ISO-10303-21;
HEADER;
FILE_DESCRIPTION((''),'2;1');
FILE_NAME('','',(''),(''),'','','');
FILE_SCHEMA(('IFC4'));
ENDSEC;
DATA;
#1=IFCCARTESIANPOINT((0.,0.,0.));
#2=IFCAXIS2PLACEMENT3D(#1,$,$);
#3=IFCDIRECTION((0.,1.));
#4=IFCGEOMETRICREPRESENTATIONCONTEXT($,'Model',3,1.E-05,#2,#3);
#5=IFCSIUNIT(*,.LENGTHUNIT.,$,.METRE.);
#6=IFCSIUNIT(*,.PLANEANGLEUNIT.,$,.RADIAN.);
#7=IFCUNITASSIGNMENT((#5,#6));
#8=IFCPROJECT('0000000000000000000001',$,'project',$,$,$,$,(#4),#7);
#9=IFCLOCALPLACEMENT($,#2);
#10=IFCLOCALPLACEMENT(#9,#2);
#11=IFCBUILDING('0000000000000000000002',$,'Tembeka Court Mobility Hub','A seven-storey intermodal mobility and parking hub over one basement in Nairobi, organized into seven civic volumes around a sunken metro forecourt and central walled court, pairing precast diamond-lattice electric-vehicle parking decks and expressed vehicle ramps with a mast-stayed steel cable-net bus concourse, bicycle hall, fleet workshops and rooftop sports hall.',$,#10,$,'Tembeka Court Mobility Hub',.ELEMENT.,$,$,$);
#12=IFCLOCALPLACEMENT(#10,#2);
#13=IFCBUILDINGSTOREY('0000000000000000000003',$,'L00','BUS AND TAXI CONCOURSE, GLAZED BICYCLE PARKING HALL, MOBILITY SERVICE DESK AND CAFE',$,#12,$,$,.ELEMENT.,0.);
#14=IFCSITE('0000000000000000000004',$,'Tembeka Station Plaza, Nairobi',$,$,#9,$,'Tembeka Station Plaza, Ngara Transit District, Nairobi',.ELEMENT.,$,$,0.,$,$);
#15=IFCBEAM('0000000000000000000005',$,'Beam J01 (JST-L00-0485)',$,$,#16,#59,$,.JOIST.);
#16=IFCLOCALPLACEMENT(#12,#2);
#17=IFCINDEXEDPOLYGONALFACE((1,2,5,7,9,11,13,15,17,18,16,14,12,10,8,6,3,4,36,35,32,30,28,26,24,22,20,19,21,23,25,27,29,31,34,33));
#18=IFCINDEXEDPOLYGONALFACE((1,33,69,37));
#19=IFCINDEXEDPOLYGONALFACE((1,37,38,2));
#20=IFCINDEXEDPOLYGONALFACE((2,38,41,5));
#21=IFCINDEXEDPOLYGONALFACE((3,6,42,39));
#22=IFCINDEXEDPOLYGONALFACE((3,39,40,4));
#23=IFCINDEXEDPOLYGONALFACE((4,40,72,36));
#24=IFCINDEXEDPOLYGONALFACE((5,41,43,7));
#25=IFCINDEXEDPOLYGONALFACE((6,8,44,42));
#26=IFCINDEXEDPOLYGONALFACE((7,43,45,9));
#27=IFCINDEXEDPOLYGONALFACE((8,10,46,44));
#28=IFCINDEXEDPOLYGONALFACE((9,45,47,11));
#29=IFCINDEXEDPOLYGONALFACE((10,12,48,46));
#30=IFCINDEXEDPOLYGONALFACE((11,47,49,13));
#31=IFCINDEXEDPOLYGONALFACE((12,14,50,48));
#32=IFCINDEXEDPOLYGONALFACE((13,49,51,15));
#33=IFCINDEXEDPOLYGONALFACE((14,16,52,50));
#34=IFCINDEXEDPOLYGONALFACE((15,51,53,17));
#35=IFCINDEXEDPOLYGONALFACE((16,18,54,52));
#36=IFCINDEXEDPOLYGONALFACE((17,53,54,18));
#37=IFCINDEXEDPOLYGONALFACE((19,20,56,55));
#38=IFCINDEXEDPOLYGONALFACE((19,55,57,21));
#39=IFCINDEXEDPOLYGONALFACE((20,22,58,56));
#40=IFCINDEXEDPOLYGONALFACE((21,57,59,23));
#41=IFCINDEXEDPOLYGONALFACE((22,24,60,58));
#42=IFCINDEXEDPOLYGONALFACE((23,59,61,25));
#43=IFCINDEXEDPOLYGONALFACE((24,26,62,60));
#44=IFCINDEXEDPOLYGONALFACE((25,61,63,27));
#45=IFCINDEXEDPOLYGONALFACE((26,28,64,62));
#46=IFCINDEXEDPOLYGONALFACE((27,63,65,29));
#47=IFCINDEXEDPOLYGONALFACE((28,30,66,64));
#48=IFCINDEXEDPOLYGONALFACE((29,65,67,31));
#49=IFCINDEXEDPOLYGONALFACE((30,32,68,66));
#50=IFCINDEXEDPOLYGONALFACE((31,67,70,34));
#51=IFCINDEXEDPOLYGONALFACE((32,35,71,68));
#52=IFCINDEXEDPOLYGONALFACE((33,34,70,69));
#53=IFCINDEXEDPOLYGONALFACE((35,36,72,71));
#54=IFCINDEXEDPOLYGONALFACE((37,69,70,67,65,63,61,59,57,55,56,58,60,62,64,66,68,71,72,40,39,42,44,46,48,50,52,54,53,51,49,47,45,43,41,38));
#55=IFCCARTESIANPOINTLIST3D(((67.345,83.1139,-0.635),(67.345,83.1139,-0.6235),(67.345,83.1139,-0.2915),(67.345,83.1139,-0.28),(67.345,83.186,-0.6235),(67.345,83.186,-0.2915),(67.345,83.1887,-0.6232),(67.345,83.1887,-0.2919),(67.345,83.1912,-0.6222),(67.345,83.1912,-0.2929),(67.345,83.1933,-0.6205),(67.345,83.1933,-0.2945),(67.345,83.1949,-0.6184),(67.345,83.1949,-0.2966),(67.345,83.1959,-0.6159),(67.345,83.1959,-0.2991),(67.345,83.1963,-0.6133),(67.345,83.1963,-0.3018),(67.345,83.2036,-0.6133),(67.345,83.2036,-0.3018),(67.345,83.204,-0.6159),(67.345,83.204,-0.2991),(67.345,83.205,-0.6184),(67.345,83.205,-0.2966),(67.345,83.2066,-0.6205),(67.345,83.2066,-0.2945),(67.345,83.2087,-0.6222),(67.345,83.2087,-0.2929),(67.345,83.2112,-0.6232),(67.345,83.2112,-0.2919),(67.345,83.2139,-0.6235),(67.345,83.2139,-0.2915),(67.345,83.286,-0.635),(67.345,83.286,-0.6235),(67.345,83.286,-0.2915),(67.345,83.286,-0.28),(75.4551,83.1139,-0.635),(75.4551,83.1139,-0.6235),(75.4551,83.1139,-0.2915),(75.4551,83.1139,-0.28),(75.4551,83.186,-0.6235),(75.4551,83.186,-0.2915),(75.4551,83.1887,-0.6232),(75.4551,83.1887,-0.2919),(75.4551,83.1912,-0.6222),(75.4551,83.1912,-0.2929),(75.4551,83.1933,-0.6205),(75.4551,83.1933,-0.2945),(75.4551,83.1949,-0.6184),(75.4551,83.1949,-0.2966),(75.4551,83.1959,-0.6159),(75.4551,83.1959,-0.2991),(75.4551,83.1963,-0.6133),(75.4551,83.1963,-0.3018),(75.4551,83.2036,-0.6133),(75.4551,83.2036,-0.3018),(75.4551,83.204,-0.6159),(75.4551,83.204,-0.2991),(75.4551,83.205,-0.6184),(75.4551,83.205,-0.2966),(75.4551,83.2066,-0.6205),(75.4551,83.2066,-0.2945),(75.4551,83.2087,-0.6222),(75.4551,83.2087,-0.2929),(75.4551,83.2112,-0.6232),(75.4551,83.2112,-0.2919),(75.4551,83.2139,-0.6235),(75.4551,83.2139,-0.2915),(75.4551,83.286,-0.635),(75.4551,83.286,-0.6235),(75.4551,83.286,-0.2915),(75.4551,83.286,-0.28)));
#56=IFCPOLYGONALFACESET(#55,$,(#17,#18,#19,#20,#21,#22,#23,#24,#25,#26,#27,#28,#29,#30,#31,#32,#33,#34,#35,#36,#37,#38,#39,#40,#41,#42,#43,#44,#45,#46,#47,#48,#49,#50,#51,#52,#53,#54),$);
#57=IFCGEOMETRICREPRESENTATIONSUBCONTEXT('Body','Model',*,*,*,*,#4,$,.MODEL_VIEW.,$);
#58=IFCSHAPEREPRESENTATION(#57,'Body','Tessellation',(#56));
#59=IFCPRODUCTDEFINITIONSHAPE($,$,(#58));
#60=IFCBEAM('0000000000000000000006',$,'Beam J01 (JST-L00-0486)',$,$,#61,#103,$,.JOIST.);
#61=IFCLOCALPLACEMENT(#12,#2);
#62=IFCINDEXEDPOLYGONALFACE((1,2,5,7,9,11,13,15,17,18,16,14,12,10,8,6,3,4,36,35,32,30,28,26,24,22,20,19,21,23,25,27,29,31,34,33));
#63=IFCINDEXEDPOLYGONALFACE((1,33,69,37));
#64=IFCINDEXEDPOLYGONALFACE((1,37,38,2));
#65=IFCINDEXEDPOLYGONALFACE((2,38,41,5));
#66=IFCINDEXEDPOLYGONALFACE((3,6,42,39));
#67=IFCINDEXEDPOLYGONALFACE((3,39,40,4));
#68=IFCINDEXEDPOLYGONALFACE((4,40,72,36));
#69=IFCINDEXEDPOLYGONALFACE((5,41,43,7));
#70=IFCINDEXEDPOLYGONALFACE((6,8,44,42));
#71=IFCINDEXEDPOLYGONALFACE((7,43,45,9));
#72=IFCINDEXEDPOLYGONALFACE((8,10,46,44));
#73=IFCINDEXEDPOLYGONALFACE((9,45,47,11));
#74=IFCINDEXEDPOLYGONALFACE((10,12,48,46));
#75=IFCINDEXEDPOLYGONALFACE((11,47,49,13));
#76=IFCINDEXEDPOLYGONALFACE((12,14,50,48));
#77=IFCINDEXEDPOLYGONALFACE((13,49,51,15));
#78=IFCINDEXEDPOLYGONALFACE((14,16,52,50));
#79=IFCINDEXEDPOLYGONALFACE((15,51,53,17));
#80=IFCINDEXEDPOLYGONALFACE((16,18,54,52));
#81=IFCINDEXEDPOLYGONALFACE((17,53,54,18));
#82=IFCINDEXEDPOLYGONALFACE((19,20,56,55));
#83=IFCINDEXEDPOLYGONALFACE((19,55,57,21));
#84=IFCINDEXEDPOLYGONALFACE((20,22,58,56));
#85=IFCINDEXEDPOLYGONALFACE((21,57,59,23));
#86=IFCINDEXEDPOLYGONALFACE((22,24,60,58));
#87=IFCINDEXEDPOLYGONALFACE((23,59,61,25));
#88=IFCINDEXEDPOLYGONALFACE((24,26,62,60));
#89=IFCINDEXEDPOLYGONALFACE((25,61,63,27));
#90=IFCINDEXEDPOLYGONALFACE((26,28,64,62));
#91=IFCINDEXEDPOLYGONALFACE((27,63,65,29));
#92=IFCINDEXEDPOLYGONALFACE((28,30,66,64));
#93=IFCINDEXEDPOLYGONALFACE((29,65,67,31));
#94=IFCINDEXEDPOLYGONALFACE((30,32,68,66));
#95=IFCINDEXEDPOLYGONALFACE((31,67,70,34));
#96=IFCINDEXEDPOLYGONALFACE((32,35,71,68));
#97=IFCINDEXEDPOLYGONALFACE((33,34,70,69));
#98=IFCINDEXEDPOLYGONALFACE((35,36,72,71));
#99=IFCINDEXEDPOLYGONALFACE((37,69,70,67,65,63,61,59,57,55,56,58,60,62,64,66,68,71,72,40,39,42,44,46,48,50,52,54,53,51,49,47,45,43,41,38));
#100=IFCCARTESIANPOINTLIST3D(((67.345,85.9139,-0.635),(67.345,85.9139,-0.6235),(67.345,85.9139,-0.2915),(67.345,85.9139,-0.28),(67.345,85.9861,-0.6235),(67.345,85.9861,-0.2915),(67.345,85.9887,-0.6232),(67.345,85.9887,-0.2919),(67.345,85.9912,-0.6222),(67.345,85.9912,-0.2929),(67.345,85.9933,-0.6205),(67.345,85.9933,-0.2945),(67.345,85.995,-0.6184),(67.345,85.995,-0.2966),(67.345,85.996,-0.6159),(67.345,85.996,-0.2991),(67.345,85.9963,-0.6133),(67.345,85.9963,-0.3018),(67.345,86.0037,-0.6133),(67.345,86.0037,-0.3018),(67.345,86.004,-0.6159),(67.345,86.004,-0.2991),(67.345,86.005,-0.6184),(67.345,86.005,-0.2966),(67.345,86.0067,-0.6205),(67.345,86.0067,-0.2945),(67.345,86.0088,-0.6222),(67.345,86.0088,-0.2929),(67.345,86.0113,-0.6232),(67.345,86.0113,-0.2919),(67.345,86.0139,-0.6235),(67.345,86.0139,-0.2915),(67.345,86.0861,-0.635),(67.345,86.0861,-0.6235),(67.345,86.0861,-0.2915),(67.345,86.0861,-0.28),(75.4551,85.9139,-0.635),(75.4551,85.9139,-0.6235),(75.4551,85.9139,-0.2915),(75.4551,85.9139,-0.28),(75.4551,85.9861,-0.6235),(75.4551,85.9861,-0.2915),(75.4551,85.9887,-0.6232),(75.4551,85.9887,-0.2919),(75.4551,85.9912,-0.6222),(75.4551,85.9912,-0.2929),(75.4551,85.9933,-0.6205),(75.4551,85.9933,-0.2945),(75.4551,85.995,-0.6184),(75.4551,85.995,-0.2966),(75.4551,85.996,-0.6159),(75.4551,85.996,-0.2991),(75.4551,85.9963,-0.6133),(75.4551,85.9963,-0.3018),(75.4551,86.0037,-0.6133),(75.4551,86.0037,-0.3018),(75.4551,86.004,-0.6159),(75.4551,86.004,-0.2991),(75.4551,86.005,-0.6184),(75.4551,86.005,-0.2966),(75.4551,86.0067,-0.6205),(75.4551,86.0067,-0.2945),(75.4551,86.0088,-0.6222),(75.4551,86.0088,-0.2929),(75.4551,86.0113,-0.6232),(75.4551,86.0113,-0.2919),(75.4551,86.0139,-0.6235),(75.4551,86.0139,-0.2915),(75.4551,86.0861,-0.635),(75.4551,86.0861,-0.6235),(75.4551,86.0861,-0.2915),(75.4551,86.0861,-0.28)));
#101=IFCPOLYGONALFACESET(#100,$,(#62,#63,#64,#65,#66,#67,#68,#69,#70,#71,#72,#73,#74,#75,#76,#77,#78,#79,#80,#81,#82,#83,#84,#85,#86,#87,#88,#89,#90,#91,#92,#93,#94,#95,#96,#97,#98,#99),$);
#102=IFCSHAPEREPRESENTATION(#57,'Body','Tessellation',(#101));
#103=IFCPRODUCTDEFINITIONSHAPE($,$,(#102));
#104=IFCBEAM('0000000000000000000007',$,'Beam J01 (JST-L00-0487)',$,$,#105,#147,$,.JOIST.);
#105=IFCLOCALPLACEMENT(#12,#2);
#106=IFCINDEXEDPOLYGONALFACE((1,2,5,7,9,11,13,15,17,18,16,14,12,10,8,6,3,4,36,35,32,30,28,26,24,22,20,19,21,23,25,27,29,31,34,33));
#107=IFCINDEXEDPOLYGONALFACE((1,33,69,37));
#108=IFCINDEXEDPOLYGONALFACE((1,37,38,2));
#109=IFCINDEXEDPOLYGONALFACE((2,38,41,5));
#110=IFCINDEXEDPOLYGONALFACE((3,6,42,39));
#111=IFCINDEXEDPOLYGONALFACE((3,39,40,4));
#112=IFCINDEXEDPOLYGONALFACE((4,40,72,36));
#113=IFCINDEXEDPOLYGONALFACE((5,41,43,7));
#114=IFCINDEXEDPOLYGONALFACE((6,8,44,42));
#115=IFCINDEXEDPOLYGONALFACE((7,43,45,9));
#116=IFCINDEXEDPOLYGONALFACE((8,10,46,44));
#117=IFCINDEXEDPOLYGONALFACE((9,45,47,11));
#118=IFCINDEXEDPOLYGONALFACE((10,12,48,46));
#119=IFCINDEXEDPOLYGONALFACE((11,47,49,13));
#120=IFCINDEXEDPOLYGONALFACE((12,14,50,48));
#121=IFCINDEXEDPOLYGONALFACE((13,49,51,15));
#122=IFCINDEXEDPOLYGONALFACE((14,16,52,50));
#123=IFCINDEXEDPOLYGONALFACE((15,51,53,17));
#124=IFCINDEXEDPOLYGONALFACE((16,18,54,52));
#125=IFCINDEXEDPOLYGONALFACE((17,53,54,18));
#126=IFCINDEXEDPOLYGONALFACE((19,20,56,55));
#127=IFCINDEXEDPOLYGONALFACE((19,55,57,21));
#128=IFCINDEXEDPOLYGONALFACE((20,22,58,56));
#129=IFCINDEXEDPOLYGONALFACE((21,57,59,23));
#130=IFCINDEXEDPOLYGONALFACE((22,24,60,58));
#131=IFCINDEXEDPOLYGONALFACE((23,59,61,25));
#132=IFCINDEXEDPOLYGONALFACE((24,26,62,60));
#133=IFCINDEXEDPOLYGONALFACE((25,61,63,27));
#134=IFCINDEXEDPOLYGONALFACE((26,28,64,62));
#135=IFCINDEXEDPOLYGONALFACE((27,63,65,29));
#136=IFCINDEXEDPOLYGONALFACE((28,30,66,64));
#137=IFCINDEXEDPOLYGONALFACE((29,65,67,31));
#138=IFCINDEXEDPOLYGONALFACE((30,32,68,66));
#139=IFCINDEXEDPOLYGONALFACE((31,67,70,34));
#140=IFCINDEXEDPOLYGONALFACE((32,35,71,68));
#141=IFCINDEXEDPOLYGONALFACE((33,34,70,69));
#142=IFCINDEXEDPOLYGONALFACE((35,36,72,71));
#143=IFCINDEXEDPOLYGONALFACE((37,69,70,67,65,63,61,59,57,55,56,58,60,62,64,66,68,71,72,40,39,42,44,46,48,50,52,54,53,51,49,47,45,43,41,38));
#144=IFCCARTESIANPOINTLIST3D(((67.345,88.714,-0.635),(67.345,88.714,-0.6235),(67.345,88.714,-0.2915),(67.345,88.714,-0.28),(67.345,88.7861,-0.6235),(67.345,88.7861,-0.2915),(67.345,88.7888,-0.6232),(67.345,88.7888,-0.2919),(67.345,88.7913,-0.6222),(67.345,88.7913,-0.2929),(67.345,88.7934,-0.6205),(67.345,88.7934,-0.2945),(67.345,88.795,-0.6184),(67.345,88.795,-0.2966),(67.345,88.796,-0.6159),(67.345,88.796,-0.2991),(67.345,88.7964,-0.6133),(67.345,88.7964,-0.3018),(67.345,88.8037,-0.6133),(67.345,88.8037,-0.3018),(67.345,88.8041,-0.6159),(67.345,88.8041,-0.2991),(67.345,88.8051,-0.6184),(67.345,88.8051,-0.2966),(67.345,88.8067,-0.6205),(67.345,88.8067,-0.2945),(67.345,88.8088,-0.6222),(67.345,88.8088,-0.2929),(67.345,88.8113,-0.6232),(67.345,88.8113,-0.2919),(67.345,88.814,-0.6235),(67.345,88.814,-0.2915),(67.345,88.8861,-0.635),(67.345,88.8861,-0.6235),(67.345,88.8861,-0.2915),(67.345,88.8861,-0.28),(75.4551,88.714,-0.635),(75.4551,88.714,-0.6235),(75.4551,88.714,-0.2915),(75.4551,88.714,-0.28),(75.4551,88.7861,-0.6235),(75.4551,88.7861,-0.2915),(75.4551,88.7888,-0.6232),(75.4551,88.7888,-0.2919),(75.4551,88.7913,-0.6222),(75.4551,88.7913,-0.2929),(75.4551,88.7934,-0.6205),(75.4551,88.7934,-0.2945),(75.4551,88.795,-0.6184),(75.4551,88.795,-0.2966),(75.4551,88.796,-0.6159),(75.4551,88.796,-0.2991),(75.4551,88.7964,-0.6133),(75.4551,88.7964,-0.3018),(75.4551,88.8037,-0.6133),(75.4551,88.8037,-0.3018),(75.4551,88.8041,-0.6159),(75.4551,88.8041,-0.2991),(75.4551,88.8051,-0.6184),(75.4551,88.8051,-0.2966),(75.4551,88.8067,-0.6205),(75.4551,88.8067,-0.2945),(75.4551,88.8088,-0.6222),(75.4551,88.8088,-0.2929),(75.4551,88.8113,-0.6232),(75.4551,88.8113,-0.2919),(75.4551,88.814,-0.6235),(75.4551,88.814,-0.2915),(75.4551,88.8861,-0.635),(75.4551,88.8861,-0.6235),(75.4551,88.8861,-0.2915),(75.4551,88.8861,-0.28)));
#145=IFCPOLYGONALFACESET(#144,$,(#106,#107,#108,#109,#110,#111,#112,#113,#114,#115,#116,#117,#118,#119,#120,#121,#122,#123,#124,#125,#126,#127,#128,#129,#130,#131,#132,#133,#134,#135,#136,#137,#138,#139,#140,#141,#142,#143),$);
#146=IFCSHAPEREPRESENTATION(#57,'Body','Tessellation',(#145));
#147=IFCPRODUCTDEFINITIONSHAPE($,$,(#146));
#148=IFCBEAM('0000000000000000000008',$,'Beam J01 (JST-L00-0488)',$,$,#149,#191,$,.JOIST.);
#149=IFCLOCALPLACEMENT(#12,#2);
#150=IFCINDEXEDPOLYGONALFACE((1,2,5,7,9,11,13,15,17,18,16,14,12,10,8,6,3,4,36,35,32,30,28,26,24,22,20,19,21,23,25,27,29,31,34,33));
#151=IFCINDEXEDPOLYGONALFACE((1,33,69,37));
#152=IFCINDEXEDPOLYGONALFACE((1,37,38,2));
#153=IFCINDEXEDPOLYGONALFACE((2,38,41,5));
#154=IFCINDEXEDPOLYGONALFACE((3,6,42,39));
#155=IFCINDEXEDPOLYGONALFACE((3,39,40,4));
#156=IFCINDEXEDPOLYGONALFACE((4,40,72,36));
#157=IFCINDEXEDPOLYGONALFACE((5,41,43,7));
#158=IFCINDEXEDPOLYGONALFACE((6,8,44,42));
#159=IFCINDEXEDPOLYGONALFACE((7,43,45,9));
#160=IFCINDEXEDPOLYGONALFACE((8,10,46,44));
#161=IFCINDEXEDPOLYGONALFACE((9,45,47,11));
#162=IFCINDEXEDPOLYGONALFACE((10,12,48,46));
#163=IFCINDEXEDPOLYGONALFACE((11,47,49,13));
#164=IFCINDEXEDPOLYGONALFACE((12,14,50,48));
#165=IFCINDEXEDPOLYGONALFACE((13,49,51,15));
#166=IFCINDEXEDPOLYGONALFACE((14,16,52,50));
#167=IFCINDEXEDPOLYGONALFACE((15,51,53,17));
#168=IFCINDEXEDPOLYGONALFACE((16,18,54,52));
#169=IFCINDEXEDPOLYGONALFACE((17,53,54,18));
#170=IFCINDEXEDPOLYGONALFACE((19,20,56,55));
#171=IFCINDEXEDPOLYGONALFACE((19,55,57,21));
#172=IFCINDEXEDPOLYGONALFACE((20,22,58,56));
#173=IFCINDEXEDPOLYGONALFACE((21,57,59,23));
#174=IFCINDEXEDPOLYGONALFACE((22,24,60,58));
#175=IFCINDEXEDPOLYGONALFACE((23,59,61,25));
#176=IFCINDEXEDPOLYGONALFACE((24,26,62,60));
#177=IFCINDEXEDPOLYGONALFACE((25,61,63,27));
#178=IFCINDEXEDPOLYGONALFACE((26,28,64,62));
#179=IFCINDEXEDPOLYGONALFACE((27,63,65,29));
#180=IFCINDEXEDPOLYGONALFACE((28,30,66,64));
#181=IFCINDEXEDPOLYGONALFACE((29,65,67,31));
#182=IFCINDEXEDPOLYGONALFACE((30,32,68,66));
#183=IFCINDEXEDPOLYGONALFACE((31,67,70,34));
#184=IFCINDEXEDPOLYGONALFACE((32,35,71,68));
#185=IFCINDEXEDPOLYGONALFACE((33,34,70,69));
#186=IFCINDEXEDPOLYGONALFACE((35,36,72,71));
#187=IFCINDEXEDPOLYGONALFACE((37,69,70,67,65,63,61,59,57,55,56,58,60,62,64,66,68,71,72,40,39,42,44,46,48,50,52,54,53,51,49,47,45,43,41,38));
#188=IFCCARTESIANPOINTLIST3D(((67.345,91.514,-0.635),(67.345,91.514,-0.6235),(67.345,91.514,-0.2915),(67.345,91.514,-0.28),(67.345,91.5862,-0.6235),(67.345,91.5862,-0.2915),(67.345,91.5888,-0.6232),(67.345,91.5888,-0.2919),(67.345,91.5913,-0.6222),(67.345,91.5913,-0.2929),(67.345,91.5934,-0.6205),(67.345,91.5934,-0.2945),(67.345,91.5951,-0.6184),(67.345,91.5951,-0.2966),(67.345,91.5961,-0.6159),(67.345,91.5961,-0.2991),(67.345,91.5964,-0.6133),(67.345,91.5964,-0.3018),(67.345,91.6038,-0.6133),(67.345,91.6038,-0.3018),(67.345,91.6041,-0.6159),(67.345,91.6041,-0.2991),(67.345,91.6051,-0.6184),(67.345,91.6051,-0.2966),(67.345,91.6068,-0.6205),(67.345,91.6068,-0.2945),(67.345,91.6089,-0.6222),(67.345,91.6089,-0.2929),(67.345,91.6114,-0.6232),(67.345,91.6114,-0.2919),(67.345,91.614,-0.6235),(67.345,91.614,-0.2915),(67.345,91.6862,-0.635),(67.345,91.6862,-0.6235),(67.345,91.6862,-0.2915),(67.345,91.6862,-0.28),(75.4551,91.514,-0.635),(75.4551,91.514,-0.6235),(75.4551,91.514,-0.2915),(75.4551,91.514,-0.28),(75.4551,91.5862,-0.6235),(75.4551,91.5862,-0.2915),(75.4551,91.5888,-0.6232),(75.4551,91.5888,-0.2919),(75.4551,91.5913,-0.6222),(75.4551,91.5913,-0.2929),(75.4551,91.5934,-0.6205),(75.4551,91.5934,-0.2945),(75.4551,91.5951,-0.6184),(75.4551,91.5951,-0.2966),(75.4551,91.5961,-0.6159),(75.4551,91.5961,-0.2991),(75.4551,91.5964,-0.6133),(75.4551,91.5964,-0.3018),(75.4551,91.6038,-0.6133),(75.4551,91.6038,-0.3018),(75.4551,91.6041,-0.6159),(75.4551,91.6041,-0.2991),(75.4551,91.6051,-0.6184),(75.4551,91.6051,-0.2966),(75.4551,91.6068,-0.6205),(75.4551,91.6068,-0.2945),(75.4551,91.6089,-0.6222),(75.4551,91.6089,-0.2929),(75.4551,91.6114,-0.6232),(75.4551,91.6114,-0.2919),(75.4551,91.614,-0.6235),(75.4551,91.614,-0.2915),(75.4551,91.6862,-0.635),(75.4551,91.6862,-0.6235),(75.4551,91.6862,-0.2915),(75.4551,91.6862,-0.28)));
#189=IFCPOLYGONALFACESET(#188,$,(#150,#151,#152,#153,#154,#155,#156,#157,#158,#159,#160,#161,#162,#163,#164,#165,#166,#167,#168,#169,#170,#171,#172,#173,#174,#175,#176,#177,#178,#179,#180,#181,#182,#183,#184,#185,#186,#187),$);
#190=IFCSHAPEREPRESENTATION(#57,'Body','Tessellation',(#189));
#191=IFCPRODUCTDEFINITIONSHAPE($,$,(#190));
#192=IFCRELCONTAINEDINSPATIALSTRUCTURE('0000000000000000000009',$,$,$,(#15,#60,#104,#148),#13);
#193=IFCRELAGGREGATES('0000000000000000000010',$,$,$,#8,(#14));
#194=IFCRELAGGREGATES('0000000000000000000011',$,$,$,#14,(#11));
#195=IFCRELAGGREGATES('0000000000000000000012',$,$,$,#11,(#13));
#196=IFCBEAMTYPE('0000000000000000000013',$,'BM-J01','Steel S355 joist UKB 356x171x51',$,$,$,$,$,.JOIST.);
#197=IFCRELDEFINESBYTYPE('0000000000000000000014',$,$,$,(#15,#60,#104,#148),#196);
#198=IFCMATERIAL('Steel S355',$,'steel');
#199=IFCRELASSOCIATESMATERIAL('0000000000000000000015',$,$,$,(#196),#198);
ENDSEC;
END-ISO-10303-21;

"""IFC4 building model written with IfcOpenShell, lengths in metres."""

from ifc_helpers import new_model, si_unit, direction, frame, origin, origin_2d, place, context, subcontext, project, spatial, i_section, extrude, material, material_profile, profile_set, type_object, element, save


model = new_model("IFC4")

# Units and contexts
model_context = context("Model", 3, precision=1e-05, world=origin(), true_north=direction((0.0, 1.0)))
body_context = subcontext(model_context, "Body", "Model", "MODEL_VIEW")
ifc_project = project(units=[si_unit("LENGTHUNIT", "METRE"), si_unit("PLANEANGLEUNIT", "RADIAN")], contexts=[model_context])

# Site, building, storey
site_placement = place(None, origin())
site = spatial("IfcSite", under=ifc_project, at=site_placement, Name="Tembeka Station Plaza, Nairobi", LongName="Tembeka Station Plaza, Ngara Transit District, Nairobi", CompositionType="ELEMENT", RefElevation=0.0)
building_placement = place(site_placement, origin())
building = spatial("IfcBuilding", under=site, at=building_placement, Name="Tembeka Court Mobility Hub", Description="A seven-storey intermodal mobility and parking hub over one basement in Nairobi, organized into seven civic volumes around a sunken metro forecourt and central walled court, pairing precast diamond-lattice electric-vehicle parking decks and expressed vehicle ramps with a mast-stayed steel cable-net bus concourse, bicycle hall, fleet workshops and rooftop sports hall.", LongName="Tembeka Court Mobility Hub", CompositionType="ELEMENT")
storey_placement = place(building_placement, origin())
storey = spatial("IfcBuildingStorey", under=building, at=storey_placement, Name="L00", Description="BUS AND TAXI CONCOURSE, GLAZED BICYCLE PARKING HALL, MOBILITY SERVICE DESK AND CAFE", CompositionType="ELEMENT", Elevation=0.0)

# Shared definitions
ifc_material_1 = material(Name="Steel S355", Category="steel")

# Beams
ifc_material_profile_1 = material_profile(ifc_material_1, i_section(OverallWidth=0.1721, OverallDepth=0.355, WebThickness=0.0073, FlangeThickness=0.0115, FilletRadius=0.0103, at=origin_2d()), Name="UKB 356x171x51")
ifc_profile_set_1 = profile_set([ifc_material_profile_1], Name="Steel S355")
beam_type_1 = type_object("IfcBeamType", Name="BM-J01", Description="Steel S355 joist UKB 356x171x51", PredefinedType="JOIST", material=ifc_profile_set_1)
for number, where, z_axis, x_axis, name in (
    (1, (67.345, 83.2, -0.4575), (1.0, 0.0, 0.0), (0.0, 1.0, 0.0), "Beam J01 (JST-L00-0485)"),
    (2, (67.345, 86.0, -0.4575), (1.0, 0.0, 0.0), (0.0, 1.0, 0.0), "Beam J01 (JST-L00-0486)"),
    (3, (67.345, 88.8, -0.4575), (1.0, 0.0, 0.0), (0.0, 1.0, 0.0), "Beam J01 (JST-L00-0487)"),
    (4, (67.345, 91.6001, -0.4575), (1.0, 0.0, 0.0), (0.0, 1.0, 0.0), "Beam J01 (JST-L00-0488)"),
):
    element("IfcBeam", number, at=place(storey_placement, frame(where, z_axis=z_axis, x_axis=x_axis)), inside=storey, type_object=beam_type_1, Name=name, PredefinedType="JOIST", context=body_context, shape_type="SweptSolid", body=[
        extrude(i_section(OverallWidth=0.1721, OverallDepth=0.355, WebThickness=0.0073, FlangeThickness=0.0115, FilletRadius=0.0103, at=origin_2d()), origin(), (0.0, 0.0, 1.0), 8.1101),
    ])

save(model, "model.ifc")
